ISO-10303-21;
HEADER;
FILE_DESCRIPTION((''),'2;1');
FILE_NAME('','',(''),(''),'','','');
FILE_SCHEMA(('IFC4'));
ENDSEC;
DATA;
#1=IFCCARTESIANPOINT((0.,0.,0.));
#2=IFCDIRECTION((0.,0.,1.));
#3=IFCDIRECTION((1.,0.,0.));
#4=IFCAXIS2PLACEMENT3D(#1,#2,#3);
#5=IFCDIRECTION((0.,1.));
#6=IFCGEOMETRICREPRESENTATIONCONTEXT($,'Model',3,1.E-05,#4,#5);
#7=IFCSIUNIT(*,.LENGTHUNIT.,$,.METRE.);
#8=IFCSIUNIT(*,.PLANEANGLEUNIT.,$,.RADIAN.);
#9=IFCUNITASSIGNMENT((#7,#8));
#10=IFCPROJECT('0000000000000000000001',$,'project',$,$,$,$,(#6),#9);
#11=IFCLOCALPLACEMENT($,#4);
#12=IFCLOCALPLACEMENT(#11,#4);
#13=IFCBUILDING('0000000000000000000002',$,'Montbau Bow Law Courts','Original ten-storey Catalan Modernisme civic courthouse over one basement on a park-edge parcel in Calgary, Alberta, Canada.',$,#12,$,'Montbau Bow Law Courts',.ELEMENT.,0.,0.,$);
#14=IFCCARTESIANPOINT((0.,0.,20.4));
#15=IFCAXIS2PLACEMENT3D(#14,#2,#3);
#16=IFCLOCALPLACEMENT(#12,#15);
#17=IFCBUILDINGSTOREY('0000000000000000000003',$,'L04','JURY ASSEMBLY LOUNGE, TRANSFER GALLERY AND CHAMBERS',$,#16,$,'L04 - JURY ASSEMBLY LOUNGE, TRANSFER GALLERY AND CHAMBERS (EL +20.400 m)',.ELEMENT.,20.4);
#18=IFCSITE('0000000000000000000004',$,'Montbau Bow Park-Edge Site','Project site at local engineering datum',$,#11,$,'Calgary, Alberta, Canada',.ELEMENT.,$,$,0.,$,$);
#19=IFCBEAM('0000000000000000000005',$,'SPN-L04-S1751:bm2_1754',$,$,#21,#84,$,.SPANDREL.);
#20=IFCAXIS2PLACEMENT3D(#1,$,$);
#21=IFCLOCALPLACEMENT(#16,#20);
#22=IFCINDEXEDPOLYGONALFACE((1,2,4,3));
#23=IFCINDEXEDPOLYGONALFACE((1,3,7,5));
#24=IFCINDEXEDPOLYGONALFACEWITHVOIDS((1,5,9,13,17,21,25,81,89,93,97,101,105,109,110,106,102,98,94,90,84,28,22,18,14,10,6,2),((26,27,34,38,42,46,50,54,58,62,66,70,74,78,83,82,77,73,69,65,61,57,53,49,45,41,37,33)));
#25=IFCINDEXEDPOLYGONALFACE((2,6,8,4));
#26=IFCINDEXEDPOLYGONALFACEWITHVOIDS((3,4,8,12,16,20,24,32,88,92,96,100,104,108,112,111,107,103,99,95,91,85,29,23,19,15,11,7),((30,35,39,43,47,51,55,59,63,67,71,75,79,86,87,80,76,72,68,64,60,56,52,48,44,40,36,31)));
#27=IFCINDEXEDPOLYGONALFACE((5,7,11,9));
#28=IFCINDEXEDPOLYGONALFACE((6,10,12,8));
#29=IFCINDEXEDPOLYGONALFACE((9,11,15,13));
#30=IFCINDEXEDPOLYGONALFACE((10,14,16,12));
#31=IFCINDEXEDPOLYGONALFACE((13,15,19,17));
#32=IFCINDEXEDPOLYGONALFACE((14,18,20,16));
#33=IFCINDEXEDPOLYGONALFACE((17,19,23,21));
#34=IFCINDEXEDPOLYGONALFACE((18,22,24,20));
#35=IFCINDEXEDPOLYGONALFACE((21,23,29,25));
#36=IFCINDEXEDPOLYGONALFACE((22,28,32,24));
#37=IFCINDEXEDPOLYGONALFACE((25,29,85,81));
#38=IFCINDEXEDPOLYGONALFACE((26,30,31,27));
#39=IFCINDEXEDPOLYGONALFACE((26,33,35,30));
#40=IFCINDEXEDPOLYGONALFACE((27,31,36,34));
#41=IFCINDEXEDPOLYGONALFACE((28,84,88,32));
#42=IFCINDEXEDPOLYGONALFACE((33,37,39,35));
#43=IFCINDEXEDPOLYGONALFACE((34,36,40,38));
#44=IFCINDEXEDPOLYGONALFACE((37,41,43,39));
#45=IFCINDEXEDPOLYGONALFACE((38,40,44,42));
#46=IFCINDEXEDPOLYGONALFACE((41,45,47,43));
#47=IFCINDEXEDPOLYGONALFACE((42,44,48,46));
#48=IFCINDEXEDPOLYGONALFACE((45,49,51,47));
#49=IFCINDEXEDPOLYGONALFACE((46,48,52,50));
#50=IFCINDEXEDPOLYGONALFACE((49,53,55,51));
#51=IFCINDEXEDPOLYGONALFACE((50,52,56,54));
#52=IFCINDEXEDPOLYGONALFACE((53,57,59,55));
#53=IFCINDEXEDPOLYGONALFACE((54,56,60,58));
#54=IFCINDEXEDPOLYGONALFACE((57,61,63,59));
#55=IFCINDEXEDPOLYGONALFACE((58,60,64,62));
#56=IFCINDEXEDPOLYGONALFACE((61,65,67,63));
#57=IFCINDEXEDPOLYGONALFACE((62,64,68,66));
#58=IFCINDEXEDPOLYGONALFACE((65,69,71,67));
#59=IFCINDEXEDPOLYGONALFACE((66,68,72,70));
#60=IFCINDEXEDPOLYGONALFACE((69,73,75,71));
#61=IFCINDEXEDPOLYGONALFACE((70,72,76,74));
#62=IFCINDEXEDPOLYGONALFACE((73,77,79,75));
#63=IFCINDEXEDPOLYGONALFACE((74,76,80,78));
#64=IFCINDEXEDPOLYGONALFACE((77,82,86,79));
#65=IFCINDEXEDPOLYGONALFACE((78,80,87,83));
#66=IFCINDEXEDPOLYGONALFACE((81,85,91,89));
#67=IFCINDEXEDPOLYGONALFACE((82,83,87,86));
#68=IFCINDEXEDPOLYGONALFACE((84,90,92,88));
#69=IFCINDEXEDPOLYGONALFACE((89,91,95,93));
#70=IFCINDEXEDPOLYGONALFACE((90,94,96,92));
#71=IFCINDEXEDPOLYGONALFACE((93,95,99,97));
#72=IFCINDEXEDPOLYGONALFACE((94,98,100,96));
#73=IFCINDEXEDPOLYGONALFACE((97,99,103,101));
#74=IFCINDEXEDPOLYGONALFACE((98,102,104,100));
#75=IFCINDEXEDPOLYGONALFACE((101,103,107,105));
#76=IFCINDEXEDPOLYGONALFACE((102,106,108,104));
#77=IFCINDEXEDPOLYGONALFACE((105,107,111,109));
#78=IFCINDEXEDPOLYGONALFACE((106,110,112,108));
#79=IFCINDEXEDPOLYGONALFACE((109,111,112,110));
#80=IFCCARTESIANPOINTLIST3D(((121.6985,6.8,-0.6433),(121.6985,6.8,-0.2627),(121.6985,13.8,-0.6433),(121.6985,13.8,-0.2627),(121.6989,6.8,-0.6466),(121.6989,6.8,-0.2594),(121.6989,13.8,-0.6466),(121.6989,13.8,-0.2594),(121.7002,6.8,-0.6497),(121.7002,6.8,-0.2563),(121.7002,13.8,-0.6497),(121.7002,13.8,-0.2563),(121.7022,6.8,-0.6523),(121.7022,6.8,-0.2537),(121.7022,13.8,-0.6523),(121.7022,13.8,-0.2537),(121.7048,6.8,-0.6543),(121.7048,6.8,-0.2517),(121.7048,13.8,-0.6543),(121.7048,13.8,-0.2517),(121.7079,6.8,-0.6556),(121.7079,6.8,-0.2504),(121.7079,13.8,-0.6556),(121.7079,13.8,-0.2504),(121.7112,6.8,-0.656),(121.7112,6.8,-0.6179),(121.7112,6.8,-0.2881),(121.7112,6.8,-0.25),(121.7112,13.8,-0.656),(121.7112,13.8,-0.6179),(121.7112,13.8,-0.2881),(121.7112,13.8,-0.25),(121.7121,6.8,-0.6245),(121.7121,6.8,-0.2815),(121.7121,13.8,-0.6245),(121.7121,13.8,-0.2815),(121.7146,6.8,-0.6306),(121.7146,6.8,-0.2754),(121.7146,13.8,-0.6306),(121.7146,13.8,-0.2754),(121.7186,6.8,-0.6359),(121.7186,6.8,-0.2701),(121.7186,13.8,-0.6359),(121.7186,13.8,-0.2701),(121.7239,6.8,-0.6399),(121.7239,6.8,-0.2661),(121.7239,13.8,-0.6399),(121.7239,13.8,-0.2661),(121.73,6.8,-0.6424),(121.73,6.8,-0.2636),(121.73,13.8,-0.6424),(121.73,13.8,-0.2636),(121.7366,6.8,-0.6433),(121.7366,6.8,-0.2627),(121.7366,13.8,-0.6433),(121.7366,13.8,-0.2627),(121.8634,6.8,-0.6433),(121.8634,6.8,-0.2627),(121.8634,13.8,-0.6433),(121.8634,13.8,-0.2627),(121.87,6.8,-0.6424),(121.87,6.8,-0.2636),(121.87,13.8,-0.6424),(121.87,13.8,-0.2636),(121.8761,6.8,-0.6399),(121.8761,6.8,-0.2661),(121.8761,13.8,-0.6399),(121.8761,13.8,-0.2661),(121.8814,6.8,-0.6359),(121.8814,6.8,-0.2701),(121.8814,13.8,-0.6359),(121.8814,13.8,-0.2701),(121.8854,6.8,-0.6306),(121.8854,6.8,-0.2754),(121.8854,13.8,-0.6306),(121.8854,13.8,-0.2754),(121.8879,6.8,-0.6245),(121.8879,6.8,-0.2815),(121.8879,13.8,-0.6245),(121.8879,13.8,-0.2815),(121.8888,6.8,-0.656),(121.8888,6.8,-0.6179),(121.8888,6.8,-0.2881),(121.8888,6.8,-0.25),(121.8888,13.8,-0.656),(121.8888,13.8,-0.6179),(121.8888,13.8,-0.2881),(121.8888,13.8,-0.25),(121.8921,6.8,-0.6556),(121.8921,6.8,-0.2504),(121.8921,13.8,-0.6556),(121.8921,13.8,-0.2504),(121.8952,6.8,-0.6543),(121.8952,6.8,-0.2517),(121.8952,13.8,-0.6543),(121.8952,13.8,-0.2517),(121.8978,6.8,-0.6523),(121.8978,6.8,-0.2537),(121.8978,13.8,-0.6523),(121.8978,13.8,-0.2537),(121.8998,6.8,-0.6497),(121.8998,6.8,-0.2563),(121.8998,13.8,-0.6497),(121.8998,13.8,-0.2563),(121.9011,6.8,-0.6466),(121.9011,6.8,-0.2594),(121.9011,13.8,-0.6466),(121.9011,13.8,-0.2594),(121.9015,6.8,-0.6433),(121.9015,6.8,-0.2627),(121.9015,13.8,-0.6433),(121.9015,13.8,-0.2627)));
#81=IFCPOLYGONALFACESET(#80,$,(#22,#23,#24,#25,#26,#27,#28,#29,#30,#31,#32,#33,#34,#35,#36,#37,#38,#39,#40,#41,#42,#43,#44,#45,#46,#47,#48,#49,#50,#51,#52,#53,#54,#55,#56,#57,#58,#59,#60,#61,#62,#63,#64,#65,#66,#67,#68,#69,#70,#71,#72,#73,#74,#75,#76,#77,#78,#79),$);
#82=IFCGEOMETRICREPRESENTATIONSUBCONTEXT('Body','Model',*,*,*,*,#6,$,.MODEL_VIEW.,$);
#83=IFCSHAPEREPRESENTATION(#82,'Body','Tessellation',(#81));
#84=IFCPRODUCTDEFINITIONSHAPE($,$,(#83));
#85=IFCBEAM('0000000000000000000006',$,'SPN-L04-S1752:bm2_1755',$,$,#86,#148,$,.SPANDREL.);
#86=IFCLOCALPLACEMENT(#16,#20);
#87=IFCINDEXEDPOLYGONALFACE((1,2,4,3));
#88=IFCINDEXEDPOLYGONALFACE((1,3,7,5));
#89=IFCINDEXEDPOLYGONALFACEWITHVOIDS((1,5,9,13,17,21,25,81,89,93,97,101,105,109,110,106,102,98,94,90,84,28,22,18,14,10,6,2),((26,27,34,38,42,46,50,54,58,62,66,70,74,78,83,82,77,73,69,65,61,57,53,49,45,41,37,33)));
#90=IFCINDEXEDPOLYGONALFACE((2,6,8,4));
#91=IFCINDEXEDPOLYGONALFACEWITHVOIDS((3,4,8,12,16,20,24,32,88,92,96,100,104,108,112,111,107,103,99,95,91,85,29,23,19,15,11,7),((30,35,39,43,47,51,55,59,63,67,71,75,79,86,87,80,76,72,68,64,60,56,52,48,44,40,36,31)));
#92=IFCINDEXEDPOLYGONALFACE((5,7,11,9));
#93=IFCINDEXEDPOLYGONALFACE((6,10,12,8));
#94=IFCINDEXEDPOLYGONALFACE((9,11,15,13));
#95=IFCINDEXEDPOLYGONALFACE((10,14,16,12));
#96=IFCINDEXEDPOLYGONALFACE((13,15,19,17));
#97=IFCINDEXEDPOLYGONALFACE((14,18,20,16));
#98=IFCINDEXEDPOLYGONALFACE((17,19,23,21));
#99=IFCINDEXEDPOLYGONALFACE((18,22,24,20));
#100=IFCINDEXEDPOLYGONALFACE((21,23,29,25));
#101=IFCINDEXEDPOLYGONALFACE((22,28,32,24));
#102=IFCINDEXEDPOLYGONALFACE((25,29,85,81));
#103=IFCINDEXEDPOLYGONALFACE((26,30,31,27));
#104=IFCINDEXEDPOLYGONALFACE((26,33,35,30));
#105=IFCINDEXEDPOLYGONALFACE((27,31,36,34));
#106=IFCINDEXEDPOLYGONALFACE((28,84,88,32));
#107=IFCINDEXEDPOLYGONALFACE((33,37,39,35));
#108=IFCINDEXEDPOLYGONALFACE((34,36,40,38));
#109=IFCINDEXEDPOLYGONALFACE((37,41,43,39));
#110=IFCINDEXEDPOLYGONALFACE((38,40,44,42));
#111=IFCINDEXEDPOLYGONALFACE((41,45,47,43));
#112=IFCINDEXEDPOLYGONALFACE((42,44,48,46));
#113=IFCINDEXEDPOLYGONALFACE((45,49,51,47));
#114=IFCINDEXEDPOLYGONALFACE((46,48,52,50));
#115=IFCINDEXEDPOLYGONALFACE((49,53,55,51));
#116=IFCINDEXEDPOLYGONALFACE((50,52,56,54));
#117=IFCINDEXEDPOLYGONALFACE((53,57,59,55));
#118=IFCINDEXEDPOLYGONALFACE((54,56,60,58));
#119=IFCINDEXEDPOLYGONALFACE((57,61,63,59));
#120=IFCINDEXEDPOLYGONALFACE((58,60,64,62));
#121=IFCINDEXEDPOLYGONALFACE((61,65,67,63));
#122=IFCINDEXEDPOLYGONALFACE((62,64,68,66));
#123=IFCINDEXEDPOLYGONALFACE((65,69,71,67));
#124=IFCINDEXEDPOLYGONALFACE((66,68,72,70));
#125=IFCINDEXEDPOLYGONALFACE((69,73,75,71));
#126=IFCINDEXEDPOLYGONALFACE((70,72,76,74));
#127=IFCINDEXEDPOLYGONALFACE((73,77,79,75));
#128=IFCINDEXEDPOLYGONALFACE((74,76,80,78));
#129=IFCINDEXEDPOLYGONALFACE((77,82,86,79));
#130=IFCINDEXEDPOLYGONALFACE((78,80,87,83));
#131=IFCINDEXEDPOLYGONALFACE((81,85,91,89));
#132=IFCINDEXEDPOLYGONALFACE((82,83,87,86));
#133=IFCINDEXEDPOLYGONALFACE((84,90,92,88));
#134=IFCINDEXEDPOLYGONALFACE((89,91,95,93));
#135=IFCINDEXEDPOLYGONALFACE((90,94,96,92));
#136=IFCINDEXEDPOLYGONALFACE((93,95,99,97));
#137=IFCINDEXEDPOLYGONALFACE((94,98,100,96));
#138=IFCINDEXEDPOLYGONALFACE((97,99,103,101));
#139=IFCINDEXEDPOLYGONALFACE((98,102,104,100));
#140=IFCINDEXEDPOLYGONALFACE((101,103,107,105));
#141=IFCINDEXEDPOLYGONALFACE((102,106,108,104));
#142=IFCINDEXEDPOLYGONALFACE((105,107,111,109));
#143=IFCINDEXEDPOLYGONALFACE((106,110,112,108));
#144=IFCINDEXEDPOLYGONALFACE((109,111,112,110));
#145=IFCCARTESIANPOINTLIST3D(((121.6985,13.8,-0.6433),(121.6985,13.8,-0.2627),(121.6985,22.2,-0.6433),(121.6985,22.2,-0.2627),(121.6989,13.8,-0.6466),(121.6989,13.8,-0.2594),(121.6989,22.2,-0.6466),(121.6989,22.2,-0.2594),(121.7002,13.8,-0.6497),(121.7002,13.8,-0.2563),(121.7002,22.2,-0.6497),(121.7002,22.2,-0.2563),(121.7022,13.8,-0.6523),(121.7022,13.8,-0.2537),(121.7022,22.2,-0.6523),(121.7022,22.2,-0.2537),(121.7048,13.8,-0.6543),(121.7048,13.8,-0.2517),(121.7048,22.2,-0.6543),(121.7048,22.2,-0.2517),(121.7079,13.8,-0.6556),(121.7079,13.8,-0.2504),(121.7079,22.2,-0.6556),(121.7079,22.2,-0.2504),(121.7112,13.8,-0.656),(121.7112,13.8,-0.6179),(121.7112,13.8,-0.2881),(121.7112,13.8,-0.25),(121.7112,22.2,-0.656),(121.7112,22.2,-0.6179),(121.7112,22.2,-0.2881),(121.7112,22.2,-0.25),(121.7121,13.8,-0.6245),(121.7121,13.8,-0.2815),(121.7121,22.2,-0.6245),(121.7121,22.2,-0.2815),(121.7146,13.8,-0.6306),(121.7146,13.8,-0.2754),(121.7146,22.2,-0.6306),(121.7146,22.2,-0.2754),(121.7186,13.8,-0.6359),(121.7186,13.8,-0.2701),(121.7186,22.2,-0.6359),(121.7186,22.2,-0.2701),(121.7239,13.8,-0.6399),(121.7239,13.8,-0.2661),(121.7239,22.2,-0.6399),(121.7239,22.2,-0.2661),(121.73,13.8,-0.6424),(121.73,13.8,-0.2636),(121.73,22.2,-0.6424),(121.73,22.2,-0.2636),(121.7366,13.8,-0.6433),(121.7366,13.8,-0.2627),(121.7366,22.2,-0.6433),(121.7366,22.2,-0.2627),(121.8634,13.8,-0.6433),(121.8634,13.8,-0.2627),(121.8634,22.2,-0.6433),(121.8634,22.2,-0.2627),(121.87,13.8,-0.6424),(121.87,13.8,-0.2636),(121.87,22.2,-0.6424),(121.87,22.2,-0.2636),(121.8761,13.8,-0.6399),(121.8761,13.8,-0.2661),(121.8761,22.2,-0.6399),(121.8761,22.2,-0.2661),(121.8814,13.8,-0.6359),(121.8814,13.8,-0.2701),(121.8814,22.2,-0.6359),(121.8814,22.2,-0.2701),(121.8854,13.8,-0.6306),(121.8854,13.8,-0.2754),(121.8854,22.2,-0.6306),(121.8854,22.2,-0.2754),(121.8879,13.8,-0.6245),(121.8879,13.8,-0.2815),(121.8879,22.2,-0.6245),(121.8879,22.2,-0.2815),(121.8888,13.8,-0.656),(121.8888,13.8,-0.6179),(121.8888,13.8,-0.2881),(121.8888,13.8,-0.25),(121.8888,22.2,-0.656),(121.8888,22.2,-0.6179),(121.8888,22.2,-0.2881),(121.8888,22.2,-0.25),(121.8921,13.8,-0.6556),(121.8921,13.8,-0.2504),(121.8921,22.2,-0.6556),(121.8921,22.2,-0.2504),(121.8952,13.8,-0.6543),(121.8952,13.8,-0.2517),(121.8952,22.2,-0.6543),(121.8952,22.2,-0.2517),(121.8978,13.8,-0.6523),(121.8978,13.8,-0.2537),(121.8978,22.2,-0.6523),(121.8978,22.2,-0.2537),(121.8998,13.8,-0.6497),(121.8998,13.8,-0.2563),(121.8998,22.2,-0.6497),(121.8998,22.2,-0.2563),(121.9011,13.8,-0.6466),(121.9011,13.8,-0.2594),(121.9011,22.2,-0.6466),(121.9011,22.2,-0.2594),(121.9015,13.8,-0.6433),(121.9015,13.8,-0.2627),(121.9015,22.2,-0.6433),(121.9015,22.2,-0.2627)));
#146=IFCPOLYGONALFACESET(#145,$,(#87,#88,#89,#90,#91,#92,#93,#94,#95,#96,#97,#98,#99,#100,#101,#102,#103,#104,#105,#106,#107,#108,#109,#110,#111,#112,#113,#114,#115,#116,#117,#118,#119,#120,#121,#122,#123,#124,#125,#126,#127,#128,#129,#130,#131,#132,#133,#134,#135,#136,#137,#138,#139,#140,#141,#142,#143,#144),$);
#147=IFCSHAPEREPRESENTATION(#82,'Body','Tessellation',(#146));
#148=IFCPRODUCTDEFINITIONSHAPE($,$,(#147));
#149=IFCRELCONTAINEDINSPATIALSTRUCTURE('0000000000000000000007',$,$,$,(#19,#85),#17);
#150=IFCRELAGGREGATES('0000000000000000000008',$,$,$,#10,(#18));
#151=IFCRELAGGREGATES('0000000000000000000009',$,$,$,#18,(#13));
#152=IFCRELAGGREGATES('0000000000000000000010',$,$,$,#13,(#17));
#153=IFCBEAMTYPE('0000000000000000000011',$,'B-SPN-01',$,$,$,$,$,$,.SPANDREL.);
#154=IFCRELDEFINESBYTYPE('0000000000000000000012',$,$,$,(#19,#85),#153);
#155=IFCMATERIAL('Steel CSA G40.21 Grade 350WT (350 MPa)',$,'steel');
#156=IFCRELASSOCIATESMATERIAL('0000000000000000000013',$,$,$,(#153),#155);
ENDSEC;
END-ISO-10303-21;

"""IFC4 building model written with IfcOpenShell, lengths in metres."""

from ifc_helpers import new_model, si_unit, direction, frame, origin_with_axes, origin_2d_with_axis, place, context, subcontext, project, spatial, hollow_rectangle, extrude, material, material_profile, profile_set, type_object, element, save


model = new_model("IFC4")

# Units and contexts
model_context = context("Model", 3, precision=1e-05, world=origin_with_axes(), true_north=direction((0.0, 1.0)))
body_context = subcontext(model_context, "Body", "Model", "MODEL_VIEW")
ifc_project = project(units=[si_unit("LENGTHUNIT", "METRE"), si_unit("PLANEANGLEUNIT", "RADIAN")], contexts=[model_context])

# Site, building, storey
site_placement = place(None, origin_with_axes())
site = spatial("IfcSite", under=ifc_project, at=site_placement, Name="Montbau Bow Park-Edge Site", Description="Project site at local engineering datum", LongName="Calgary, Alberta, Canada", CompositionType="ELEMENT", RefElevation=0.0)
building_placement = place(site_placement, origin_with_axes())
building = spatial("IfcBuilding", under=site, at=building_placement, Name="Montbau Bow Law Courts", Description="Original ten-storey Catalan Modernisme civic courthouse over one basement on a park-edge parcel in Calgary, Alberta, Canada.", LongName="Montbau Bow Law Courts", CompositionType="ELEMENT", ElevationOfRefHeight=0.0, ElevationOfTerrain=0.0)
storey_placement = place(building_placement, frame((0.0, 0.0, 20.4), z_axis=(0.0, 0.0, 1.0), x_axis=(1.0, 0.0, 0.0)))
storey = spatial("IfcBuildingStorey", under=building, at=storey_placement, Name="L04", Description="JURY ASSEMBLY LOUNGE, TRANSFER GALLERY AND CHAMBERS", LongName="L04 - JURY ASSEMBLY LOUNGE, TRANSFER GALLERY AND CHAMBERS (EL +20.400 m)", CompositionType="ELEMENT", Elevation=20.4)

# Beams
ifc_material_1 = material(Name="Steel CSA G40.21 Grade 350WT (350 MPa)", Category="steel")
ifc_material_profile_1 = material_profile(ifc_material_1, hollow_rectangle(XDim=0.203, YDim=0.406, WallThickness=0.0127, InnerFilletRadius=0.0254, OuterFilletRadius=0.0127, at=origin_2d_with_axis()), Name="HSS406X203X13", Category="Main", Priority=0)
ifc_profile_set_1 = profile_set([ifc_material_profile_1], Name="Steel CSA G40.21 Grade 350WT (350 MPa)")
beam_type_1 = type_object("IfcBeamType", Name="B-SPN-01", PredefinedType="SPANDREL", material=ifc_profile_set_1)
beam_1_placement = place(None, frame((121.8, 6.8, 19.947), z_axis=(0.0, 1.0, 0.0), x_axis=(-1.0, 0.0, 0.0)))
element("IfcBeam", 1, at=beam_1_placement, inside=storey, type_object=beam_type_1, Name="SPN-L04-S1751:bm2_1754", PredefinedType="SPANDREL", context=body_context, shape_type="SweptSolid", body=[
    extrude(hollow_rectangle(XDim=0.203, YDim=0.406, WallThickness=0.0127, InnerFilletRadius=0.0254, OuterFilletRadius=0.0127, at=origin_2d_with_axis()), origin_with_axes(), (0.0, 0.0, 1.0), 7.0),
])
for number, where, z_axis, x_axis, name in (
    (2, (121.8, 13.8, 19.947), (0.0, 1.0, 0.0), (-1.0, 0.0, 0.0), "SPN-L04-S1752:bm2_1755"),
):
    element("IfcBeam", number, at=place(None, frame(where, z_axis=z_axis, x_axis=x_axis)), inside=storey, type_object=beam_type_1, Name=name, PredefinedType="SPANDREL", context=body_context, shape_type="SweptSolid", body=[
        extrude(hollow_rectangle(XDim=0.203, YDim=0.406, WallThickness=0.0127, InnerFilletRadius=0.0254, OuterFilletRadius=0.0127, at=origin_2d_with_axis()), origin_with_axes(), (0.0, 0.0, 1.0), 8.4),
    ])

save(model, "model.ifc")
